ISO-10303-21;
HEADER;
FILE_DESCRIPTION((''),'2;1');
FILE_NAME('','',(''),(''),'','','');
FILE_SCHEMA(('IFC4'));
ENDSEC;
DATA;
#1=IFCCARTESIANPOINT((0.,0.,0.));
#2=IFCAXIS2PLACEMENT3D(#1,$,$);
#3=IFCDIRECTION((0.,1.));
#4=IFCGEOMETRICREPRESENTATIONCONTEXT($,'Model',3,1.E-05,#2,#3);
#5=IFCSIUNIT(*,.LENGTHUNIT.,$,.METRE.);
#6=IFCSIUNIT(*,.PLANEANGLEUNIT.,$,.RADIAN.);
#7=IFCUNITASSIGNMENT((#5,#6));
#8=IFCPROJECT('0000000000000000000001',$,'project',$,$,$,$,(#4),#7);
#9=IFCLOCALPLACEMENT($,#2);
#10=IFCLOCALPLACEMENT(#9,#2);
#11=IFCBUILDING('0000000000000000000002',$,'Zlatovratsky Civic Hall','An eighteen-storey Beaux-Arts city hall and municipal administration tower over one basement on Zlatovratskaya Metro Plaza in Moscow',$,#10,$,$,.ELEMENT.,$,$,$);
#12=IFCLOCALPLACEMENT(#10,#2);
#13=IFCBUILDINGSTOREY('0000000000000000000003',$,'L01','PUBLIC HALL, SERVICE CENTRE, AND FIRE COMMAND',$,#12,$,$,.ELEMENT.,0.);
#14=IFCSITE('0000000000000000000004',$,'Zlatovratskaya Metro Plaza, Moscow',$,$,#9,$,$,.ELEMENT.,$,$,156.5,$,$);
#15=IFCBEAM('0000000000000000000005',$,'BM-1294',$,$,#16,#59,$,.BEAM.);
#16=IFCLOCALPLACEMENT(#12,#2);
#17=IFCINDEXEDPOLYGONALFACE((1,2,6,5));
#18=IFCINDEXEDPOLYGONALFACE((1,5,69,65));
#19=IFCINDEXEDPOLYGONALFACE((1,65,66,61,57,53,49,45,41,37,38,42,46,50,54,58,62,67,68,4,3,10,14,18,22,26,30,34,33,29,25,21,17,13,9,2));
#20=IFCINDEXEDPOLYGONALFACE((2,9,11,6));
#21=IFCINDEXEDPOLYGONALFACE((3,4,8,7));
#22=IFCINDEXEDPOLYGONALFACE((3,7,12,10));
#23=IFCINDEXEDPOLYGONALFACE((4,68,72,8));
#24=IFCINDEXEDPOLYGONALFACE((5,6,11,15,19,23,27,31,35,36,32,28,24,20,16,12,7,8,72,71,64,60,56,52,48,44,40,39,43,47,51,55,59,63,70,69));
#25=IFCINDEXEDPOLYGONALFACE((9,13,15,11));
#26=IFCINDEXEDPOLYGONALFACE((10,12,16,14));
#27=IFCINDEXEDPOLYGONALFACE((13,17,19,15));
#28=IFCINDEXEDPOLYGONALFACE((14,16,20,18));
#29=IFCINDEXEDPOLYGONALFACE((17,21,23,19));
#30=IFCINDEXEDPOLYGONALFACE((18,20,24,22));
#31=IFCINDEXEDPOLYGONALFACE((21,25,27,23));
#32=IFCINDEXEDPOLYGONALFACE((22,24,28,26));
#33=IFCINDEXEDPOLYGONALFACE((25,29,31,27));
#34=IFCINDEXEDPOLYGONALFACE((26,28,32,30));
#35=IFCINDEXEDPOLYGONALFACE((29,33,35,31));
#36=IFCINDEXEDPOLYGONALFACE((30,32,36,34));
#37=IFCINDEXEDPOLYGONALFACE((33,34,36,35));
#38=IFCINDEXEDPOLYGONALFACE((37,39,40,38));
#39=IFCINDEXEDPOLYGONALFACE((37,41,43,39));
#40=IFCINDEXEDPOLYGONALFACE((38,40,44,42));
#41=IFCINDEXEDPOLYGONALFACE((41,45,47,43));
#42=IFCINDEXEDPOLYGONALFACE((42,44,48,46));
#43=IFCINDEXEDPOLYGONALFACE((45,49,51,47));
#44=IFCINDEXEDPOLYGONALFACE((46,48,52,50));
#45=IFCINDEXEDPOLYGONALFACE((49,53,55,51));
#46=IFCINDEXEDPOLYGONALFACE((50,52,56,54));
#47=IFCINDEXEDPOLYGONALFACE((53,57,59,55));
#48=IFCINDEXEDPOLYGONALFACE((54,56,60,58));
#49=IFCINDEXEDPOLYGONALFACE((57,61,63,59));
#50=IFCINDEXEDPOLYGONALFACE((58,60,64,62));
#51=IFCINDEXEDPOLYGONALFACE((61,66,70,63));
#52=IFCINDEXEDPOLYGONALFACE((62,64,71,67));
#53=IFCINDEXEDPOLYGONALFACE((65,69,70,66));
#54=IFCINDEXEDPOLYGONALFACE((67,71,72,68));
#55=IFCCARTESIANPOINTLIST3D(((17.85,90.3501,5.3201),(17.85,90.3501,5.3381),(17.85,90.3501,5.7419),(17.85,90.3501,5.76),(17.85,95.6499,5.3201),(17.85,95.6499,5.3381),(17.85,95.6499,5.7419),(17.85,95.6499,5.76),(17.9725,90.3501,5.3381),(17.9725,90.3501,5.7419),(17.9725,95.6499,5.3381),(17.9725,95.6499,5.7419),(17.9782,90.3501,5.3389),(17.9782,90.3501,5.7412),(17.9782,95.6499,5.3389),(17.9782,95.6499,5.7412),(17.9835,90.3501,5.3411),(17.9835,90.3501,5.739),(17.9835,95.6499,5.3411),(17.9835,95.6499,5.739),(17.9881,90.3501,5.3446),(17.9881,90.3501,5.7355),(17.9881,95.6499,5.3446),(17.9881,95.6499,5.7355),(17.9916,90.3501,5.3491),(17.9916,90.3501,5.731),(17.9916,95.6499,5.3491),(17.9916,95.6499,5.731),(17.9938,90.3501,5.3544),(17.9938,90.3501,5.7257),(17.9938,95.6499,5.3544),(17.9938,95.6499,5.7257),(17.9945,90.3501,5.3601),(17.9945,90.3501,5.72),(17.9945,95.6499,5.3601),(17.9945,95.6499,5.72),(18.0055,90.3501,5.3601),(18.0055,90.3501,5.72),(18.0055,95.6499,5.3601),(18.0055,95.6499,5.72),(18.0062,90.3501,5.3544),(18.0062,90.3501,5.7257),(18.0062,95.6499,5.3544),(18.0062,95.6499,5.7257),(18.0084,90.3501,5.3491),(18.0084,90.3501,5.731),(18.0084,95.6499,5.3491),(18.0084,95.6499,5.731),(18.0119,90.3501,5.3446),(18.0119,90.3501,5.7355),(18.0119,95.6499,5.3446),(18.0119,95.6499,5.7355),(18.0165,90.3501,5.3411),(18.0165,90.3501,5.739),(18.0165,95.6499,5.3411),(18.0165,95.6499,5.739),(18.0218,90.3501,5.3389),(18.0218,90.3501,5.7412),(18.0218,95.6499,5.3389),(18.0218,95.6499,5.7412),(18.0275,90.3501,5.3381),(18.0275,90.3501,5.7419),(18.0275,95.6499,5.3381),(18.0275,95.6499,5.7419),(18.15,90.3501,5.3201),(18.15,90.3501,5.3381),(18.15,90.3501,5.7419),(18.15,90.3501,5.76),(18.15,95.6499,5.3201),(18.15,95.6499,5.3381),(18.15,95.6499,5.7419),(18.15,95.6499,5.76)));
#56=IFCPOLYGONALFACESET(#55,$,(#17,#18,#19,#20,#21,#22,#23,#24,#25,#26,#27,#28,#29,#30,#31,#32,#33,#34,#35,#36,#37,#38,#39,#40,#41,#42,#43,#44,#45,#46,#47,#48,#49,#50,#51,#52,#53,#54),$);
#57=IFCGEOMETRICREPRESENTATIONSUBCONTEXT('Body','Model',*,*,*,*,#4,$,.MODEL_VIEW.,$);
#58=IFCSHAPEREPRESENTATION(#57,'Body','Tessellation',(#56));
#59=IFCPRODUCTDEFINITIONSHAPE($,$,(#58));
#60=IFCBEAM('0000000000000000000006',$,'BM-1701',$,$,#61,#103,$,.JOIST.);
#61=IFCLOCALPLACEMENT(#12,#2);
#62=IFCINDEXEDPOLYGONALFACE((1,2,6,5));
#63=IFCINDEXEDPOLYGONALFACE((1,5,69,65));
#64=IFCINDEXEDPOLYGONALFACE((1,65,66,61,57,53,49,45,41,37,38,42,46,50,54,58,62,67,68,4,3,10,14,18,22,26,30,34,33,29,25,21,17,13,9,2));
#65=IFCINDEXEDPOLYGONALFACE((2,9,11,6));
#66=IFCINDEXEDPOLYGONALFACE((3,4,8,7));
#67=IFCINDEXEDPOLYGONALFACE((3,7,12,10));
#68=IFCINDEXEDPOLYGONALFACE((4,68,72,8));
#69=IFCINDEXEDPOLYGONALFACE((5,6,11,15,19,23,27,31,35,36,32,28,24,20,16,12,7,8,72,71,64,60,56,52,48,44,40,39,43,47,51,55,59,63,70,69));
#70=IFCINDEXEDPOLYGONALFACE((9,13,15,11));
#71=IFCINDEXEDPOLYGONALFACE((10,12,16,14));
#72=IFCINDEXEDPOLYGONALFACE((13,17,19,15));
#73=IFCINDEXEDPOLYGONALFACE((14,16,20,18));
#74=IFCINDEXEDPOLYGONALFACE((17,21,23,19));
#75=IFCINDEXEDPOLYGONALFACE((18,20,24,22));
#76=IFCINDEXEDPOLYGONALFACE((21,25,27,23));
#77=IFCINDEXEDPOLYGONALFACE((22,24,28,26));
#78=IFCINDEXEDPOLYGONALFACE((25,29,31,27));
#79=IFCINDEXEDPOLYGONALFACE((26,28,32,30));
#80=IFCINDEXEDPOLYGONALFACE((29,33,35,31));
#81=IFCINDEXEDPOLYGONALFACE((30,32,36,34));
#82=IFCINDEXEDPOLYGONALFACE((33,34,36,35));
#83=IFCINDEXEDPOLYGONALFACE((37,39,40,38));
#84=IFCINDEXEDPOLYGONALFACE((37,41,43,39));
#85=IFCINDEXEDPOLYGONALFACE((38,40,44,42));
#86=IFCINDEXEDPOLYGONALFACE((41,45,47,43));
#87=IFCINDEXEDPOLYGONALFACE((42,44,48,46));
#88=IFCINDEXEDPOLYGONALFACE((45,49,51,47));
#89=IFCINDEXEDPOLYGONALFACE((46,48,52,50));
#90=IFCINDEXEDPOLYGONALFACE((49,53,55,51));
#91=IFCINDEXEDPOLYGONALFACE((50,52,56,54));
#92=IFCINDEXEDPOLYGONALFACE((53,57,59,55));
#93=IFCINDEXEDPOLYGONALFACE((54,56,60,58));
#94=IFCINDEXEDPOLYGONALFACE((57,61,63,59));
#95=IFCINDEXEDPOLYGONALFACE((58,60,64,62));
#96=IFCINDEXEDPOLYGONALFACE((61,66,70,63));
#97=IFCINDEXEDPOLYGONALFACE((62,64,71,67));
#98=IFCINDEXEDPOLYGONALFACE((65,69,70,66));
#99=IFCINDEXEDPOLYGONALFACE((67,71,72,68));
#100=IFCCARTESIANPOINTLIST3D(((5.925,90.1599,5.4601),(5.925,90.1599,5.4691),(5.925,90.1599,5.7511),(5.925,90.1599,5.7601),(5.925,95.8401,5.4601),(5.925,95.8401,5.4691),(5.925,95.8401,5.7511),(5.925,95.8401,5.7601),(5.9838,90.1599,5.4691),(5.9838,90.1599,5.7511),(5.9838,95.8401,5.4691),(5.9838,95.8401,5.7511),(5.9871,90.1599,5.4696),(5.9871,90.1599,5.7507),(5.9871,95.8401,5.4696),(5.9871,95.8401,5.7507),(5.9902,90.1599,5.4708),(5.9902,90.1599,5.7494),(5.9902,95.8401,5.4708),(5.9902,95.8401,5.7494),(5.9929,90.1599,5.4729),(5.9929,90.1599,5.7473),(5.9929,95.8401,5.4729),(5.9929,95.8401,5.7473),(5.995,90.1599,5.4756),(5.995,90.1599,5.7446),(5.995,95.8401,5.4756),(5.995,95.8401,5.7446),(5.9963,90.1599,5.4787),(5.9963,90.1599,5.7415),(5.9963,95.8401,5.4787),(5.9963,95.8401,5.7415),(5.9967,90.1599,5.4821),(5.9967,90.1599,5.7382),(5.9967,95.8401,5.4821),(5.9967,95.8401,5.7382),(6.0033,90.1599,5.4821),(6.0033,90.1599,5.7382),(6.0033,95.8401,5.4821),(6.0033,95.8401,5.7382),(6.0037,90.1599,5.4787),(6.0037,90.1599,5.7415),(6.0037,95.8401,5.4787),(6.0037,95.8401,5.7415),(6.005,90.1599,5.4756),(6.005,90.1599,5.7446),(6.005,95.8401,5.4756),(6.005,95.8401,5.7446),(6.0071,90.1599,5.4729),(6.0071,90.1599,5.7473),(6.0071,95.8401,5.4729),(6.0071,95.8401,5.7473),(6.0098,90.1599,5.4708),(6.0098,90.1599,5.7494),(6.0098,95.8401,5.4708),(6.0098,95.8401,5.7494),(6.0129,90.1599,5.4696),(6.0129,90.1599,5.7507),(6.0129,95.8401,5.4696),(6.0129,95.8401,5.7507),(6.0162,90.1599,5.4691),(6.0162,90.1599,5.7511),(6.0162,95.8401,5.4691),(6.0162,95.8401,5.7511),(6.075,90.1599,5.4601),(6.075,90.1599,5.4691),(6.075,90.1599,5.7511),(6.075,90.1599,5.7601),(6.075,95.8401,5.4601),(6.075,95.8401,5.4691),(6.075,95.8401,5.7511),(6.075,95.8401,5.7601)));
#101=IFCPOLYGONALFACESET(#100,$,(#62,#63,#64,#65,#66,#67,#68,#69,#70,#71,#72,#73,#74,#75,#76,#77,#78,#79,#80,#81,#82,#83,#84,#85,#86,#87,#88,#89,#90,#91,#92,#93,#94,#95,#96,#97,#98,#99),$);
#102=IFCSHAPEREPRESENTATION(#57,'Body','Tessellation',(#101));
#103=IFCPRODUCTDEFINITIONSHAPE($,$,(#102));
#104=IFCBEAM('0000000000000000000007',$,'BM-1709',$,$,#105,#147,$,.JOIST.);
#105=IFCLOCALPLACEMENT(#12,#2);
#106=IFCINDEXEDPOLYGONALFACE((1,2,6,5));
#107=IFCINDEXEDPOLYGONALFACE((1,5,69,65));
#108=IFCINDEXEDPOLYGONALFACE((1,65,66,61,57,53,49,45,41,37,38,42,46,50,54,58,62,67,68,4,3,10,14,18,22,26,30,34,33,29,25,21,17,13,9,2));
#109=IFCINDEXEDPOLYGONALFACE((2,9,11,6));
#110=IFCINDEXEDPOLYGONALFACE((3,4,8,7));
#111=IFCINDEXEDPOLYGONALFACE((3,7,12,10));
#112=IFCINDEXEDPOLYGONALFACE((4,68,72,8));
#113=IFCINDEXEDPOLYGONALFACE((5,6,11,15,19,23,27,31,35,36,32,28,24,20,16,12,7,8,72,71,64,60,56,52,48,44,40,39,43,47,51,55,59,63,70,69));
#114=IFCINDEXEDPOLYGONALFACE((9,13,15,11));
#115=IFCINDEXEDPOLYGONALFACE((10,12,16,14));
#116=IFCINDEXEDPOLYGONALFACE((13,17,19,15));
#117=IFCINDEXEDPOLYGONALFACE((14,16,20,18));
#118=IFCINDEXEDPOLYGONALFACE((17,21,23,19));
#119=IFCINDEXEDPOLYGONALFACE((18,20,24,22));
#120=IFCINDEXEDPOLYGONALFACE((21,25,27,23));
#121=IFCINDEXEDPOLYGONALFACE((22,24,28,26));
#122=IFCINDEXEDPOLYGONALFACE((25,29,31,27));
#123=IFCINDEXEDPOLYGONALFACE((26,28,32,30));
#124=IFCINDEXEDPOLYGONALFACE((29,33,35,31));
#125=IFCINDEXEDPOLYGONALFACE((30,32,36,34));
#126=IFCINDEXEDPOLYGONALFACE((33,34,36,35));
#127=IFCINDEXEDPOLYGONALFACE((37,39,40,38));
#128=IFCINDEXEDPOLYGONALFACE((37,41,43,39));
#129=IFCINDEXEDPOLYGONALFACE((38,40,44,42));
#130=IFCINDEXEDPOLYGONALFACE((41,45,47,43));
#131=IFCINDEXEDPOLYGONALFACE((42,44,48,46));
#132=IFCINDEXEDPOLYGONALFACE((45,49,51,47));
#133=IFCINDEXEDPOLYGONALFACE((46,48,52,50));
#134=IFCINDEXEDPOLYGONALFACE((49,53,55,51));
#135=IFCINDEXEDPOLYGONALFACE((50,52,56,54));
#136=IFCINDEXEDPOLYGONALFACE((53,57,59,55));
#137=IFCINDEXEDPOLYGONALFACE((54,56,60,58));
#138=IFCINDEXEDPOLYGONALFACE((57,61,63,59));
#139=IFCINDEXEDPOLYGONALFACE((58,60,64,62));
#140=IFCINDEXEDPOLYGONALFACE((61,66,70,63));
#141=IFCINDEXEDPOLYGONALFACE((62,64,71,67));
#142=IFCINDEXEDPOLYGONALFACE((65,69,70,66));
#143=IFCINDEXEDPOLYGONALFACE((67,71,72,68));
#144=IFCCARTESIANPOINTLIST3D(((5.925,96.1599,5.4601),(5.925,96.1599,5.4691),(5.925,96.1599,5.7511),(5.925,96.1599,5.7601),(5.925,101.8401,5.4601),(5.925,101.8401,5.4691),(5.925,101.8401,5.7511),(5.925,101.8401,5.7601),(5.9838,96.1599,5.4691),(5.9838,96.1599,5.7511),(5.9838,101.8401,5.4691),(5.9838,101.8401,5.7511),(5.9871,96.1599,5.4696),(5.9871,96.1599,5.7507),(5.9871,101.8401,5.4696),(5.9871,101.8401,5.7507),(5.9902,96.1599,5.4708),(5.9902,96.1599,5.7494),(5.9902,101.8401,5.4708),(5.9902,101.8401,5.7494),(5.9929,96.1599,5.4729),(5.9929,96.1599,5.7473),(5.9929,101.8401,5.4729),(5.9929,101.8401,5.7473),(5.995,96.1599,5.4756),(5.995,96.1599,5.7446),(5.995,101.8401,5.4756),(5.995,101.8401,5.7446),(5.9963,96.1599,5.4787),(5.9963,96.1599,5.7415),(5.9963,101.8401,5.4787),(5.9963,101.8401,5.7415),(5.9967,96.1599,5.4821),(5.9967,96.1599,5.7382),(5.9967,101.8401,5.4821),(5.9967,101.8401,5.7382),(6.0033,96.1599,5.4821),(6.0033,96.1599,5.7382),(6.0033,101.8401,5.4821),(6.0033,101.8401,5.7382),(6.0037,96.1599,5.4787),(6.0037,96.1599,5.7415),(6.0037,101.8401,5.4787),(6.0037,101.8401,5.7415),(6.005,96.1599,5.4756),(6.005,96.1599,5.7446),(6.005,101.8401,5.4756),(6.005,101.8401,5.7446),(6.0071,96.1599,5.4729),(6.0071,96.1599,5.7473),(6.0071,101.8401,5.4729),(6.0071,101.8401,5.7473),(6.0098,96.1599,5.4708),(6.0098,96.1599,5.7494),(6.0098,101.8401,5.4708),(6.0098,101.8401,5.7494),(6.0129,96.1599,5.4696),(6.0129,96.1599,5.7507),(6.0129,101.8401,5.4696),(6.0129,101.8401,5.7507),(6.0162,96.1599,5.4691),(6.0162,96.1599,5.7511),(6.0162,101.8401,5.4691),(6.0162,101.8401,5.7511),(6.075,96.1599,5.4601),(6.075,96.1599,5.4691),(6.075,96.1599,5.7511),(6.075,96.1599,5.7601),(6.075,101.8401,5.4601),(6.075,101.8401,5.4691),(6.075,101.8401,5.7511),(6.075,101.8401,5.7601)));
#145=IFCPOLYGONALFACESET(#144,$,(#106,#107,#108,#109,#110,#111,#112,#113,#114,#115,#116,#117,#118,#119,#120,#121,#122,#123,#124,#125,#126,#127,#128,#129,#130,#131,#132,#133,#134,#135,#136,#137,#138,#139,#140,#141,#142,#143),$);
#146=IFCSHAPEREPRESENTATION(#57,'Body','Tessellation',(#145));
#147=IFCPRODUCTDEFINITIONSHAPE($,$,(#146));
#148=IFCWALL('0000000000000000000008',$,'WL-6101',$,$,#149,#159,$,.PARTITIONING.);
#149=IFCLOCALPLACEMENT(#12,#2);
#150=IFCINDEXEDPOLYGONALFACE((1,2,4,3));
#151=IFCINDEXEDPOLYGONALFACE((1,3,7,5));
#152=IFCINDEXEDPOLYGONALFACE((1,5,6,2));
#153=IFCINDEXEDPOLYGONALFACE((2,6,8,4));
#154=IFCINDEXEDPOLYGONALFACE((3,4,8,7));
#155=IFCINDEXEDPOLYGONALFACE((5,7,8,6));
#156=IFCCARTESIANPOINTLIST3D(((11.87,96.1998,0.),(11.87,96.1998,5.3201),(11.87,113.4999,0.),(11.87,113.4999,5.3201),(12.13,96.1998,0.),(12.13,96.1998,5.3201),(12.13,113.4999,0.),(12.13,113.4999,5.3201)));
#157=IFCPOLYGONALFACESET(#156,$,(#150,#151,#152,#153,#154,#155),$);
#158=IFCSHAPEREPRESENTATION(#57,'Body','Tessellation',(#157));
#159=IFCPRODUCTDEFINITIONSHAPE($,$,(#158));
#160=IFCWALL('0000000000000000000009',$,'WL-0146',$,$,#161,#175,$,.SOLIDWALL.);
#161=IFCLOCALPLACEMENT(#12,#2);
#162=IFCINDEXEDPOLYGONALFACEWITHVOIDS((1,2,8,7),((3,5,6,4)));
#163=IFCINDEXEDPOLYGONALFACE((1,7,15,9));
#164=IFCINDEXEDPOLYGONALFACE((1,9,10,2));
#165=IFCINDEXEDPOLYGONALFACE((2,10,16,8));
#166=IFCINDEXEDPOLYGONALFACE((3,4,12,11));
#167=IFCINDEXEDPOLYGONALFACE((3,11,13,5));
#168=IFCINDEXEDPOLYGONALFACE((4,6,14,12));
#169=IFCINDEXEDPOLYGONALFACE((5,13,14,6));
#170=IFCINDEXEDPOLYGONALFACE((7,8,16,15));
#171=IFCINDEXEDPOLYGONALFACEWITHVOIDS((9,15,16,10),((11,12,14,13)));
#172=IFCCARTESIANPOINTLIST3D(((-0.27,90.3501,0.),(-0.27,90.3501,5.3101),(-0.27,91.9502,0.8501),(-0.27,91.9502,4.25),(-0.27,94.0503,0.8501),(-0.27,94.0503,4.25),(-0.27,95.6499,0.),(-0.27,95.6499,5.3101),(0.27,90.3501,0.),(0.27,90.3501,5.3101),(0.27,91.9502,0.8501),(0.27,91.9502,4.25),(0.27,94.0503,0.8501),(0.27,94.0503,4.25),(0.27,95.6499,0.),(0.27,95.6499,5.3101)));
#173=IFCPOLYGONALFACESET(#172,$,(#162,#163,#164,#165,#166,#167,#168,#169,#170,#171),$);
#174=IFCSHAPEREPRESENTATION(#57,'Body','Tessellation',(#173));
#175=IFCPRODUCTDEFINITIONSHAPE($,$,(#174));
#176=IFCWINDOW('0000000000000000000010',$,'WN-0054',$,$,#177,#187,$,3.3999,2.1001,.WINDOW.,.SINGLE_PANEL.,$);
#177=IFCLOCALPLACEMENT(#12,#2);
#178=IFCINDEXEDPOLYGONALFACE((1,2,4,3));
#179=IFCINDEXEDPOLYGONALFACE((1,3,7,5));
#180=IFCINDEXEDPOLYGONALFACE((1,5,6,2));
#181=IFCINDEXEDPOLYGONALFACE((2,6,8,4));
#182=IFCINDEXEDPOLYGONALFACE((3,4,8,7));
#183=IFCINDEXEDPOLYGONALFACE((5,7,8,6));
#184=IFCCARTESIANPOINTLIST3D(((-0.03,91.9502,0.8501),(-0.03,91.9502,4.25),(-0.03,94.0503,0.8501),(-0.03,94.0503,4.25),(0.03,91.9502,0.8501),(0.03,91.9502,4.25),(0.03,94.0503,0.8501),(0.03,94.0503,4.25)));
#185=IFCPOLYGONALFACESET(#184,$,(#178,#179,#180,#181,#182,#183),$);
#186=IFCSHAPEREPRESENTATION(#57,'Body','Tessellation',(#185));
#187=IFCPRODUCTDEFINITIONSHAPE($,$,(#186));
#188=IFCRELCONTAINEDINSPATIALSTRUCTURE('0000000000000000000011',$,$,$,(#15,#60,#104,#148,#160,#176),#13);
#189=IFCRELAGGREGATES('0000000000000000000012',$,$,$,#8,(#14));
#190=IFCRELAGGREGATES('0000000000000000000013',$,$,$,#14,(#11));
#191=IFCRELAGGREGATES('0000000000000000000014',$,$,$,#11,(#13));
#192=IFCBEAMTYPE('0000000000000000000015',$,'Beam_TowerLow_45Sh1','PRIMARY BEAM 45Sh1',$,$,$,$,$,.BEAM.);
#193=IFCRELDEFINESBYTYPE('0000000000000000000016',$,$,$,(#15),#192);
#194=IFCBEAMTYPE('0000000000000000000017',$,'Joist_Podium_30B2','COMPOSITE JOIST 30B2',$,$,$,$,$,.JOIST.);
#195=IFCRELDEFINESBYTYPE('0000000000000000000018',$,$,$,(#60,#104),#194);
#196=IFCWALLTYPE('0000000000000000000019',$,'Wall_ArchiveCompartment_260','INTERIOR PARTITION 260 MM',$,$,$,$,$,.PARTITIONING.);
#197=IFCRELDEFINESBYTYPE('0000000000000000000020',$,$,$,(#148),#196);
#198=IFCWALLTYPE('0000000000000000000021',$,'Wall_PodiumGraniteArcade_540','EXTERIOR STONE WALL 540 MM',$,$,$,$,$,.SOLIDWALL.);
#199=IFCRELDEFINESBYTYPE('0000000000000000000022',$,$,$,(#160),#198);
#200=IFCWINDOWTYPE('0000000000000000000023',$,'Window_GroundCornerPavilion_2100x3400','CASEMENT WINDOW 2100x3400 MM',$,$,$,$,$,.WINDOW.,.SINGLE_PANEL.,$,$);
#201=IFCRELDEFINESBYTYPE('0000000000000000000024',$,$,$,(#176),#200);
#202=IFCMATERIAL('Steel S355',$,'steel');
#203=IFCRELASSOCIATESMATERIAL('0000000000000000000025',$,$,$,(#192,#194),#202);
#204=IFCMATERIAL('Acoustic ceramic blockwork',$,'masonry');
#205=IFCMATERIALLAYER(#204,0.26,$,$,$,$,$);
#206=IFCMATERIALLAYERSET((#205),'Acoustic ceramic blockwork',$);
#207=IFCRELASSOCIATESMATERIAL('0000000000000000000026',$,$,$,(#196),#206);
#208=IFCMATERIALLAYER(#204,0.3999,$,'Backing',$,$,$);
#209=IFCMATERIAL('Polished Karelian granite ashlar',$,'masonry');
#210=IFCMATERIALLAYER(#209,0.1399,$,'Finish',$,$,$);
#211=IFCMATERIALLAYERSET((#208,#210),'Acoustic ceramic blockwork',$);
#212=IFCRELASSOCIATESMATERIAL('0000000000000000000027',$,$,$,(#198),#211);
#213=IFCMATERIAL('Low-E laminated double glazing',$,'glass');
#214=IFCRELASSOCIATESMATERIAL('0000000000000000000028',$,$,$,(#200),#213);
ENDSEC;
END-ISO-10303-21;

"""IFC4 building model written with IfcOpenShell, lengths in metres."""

from ifc_helpers import new_model, si_unit, direction, frame, frame_2d, origin, origin_2d, place, context, subcontext, project, spatial, rectangle, i_section, extrude, material, layer, layer_set, material_profile, profile_set, type_object, element, fill, save


model = new_model("IFC4")

# Units and contexts
model_context = context("Model", 3, precision=1e-05, world=origin(), true_north=direction((0.0, 1.0)))
body_context = subcontext(model_context, "Body", "Model", "MODEL_VIEW")
ifc_project = project(units=[si_unit("LENGTHUNIT", "METRE"), si_unit("PLANEANGLEUNIT", "RADIAN")], contexts=[model_context])

# Site, building, storey
site_placement = place(None, origin())
site = spatial("IfcSite", under=ifc_project, at=site_placement, Name="Zlatovratskaya Metro Plaza, Moscow", CompositionType="ELEMENT", RefElevation=156.5)
building_placement = place(site_placement, origin())
building = spatial("IfcBuilding", under=site, at=building_placement, Name="Zlatovratsky Civic Hall", Description="An eighteen-storey Beaux-Arts city hall and municipal administration tower over one basement on Zlatovratskaya Metro Plaza in Moscow", CompositionType="ELEMENT")
storey_placement = place(building_placement, origin())
storey = spatial("IfcBuildingStorey", under=building, at=storey_placement, Name="L01", Description="PUBLIC HALL, SERVICE CENTRE, AND FIRE COMMAND", CompositionType="ELEMENT", Elevation=0.0)

# Beams
ifc_material_1 = material(Name="Steel S355", Category="steel")
ifc_material_profile_1 = material_profile(ifc_material_1, i_section(OverallWidth=0.3, OverallDepth=0.4399, WebThickness=0.011, FlangeThickness=0.0181, FilletRadius=0.022, at=origin_2d()), Name="45Sh1")
ifc_profile_set_1 = profile_set([ifc_material_profile_1], Name="Steel S355")
beam_type_1 = type_object("IfcBeamType", Name="Beam_TowerLow_45Sh1", Description="PRIMARY BEAM 45Sh1", PredefinedType="BEAM", material=ifc_profile_set_1)
for number, where, z_axis, x_axis, name in (
    (1, (18.0, 90.3501, 5.54), (0.0, 1.0, 0.0), (-1.0, 0.0, 0.0), "BM-1294"),
):
    element("IfcBeam", number, at=place(storey_placement, frame(where, z_axis=z_axis, x_axis=x_axis)), inside=storey, type_object=beam_type_1, Name=name, PredefinedType="BEAM", context=body_context, shape_type="SweptSolid", body=[
        extrude(i_section(OverallWidth=0.3, OverallDepth=0.4399, WebThickness=0.011, FlangeThickness=0.0181, FilletRadius=0.022, at=origin_2d()), origin(), (0.0, 0.0, 1.0), 5.2998),
    ])
ifc_material_profile_2 = material_profile(ifc_material_1, i_section(OverallWidth=0.1499, OverallDepth=0.3, WebThickness=0.0066, FlangeThickness=0.009, FilletRadius=0.0129, at=origin_2d()), Name="30B2")
ifc_profile_set_2 = profile_set([ifc_material_profile_2], Name="Steel S355")
beam_type_2 = type_object("IfcBeamType", Name="Joist_Podium_30B2", Description="COMPOSITE JOIST 30B2", PredefinedType="JOIST", material=ifc_profile_set_2)
for number, where, z_axis, x_axis, name in (
    (2, (6.0, 90.1599, 5.6101), (0.0, 1.0, 0.0), (-1.0, 0.0, 0.0), "BM-1701"),
    (3, (6.0, 96.1599, 5.6101), (0.0, 1.0, 0.0), (-1.0, 0.0, 0.0), "BM-1709"),
):
    element("IfcBeam", number, at=place(storey_placement, frame(where, z_axis=z_axis, x_axis=x_axis)), inside=storey, type_object=beam_type_2, Name=name, PredefinedType="JOIST", context=body_context, shape_type="SweptSolid", body=[
        extrude(i_section(OverallWidth=0.1499, OverallDepth=0.3, WebThickness=0.0066, FlangeThickness=0.009, FilletRadius=0.0129, at=origin_2d()), origin(), (0.0, 0.0, 1.0), 5.6802),
    ])

# Wall
ifc_material_2 = material(Name="Acoustic ceramic blockwork", Category="masonry")
ifc_layer_1 = layer(ifc_material_2, 0.26)
ifc_layer_set_1 = layer_set([ifc_layer_1], Name="Acoustic ceramic blockwork")
wall_type_1 = type_object("IfcWallType", Name="Wall_ArchiveCompartment_260", Description="INTERIOR PARTITION 260 MM", PredefinedType="PARTITIONING", material=ifc_layer_set_1)
wall_1_placement = place(storey_placement, frame((12.0, 96.2, 0.0), z_axis=(0.0, 0.0, 1.0), x_axis=(0.0, 1.0, 0.0)))
element("IfcWall", 4, at=wall_1_placement, inside=storey, type_object=wall_type_1, Name="WL-6101", PredefinedType="PARTITIONING", context=body_context, shape_type="SweptSolid", body=[
    extrude(rectangle(XDim=17.3, YDim=0.26, at=frame_2d((8.6499, 0.0))), origin(), (0.0, 0.0, 1.0), 5.3201),
])

# Wall, opening, window
ifc_layer_2 = layer(ifc_material_2, 0.3999, Name="Backing")
ifc_material_3 = material(Name="Polished Karelian granite ashlar", Category="masonry")
ifc_layer_3 = layer(ifc_material_3, 0.1399, Name="Finish")
ifc_layer_set_2 = layer_set([ifc_layer_2, ifc_layer_3], Name="Acoustic ceramic blockwork")
wall_type_2 = type_object("IfcWallType", Name="Wall_PodiumGraniteArcade_540", Description="EXTERIOR STONE WALL 540 MM", PredefinedType="SOLIDWALL", material=ifc_layer_set_2)
wall_2_placement = place(storey_placement, frame((0.0, 90.3501, 0.0), z_axis=(0.0, 0.0, 1.0), x_axis=(0.0, 1.0, 0.0)))
wall_2 = element("IfcWall", 5, at=wall_2_placement, inside=storey, type_object=wall_type_2, Name="WL-0146", PredefinedType="SOLIDWALL", context=body_context, shape_type="SweptSolid", body=[
    extrude(rectangle(XDim=5.2998, YDim=0.54, at=frame_2d((2.6499, 0.0))), origin(), (0.0, 0.0, 1.0), 5.3101),
])
opening_placement = place(wall_2_placement, frame((1.6001, 0.0, 0.8501)))
opening = element("IfcOpeningElement", 6, at=opening_placement, cuts=wall_2, PredefinedType="OPENING", context=body_context, shape_type="SweptSolid", body=[
    extrude(rectangle(XDim=2.1001, YDim=3.3999, at=frame_2d((1.05, 1.7))), frame((0.0, 0.2849, 0.0), z_axis=(0.0, -1.0, 0.0), x_axis=(1.0, 0.0, 0.0)), (0.0, 0.0, 1.0), 0.5698),
])
ifc_material_4 = material(Name="Low-E laminated double glazing", Category="glass")
window_type = type_object("IfcWindowType", Name="Window_GroundCornerPavilion_2100x3400", Description="CASEMENT WINDOW 2100x3400 MM", PartitioningType="SINGLE_PANEL", PredefinedType="WINDOW", material=ifc_material_4)
window_placement = place(opening_placement, origin())
window = element("IfcWindow", 7, at=window_placement, inside=storey, type_object=window_type, Name="WN-0054", OverallHeight=3.3999, OverallWidth=2.1001, PartitioningType="SINGLE_PANEL", PredefinedType="WINDOW", context=body_context, shape_type="SweptSolid", body=[
    extrude(rectangle(XDim=2.1001, YDim=3.3999, at=frame_2d((1.05, 1.7))), frame((0.0, 0.03, 0.0), z_axis=(0.0, -1.0, 0.0), x_axis=(1.0, 0.0, 0.0)), (0.0, 0.0, 1.0), 0.0601),
])
fill(opening, window)

save(model, "model.ifc")
